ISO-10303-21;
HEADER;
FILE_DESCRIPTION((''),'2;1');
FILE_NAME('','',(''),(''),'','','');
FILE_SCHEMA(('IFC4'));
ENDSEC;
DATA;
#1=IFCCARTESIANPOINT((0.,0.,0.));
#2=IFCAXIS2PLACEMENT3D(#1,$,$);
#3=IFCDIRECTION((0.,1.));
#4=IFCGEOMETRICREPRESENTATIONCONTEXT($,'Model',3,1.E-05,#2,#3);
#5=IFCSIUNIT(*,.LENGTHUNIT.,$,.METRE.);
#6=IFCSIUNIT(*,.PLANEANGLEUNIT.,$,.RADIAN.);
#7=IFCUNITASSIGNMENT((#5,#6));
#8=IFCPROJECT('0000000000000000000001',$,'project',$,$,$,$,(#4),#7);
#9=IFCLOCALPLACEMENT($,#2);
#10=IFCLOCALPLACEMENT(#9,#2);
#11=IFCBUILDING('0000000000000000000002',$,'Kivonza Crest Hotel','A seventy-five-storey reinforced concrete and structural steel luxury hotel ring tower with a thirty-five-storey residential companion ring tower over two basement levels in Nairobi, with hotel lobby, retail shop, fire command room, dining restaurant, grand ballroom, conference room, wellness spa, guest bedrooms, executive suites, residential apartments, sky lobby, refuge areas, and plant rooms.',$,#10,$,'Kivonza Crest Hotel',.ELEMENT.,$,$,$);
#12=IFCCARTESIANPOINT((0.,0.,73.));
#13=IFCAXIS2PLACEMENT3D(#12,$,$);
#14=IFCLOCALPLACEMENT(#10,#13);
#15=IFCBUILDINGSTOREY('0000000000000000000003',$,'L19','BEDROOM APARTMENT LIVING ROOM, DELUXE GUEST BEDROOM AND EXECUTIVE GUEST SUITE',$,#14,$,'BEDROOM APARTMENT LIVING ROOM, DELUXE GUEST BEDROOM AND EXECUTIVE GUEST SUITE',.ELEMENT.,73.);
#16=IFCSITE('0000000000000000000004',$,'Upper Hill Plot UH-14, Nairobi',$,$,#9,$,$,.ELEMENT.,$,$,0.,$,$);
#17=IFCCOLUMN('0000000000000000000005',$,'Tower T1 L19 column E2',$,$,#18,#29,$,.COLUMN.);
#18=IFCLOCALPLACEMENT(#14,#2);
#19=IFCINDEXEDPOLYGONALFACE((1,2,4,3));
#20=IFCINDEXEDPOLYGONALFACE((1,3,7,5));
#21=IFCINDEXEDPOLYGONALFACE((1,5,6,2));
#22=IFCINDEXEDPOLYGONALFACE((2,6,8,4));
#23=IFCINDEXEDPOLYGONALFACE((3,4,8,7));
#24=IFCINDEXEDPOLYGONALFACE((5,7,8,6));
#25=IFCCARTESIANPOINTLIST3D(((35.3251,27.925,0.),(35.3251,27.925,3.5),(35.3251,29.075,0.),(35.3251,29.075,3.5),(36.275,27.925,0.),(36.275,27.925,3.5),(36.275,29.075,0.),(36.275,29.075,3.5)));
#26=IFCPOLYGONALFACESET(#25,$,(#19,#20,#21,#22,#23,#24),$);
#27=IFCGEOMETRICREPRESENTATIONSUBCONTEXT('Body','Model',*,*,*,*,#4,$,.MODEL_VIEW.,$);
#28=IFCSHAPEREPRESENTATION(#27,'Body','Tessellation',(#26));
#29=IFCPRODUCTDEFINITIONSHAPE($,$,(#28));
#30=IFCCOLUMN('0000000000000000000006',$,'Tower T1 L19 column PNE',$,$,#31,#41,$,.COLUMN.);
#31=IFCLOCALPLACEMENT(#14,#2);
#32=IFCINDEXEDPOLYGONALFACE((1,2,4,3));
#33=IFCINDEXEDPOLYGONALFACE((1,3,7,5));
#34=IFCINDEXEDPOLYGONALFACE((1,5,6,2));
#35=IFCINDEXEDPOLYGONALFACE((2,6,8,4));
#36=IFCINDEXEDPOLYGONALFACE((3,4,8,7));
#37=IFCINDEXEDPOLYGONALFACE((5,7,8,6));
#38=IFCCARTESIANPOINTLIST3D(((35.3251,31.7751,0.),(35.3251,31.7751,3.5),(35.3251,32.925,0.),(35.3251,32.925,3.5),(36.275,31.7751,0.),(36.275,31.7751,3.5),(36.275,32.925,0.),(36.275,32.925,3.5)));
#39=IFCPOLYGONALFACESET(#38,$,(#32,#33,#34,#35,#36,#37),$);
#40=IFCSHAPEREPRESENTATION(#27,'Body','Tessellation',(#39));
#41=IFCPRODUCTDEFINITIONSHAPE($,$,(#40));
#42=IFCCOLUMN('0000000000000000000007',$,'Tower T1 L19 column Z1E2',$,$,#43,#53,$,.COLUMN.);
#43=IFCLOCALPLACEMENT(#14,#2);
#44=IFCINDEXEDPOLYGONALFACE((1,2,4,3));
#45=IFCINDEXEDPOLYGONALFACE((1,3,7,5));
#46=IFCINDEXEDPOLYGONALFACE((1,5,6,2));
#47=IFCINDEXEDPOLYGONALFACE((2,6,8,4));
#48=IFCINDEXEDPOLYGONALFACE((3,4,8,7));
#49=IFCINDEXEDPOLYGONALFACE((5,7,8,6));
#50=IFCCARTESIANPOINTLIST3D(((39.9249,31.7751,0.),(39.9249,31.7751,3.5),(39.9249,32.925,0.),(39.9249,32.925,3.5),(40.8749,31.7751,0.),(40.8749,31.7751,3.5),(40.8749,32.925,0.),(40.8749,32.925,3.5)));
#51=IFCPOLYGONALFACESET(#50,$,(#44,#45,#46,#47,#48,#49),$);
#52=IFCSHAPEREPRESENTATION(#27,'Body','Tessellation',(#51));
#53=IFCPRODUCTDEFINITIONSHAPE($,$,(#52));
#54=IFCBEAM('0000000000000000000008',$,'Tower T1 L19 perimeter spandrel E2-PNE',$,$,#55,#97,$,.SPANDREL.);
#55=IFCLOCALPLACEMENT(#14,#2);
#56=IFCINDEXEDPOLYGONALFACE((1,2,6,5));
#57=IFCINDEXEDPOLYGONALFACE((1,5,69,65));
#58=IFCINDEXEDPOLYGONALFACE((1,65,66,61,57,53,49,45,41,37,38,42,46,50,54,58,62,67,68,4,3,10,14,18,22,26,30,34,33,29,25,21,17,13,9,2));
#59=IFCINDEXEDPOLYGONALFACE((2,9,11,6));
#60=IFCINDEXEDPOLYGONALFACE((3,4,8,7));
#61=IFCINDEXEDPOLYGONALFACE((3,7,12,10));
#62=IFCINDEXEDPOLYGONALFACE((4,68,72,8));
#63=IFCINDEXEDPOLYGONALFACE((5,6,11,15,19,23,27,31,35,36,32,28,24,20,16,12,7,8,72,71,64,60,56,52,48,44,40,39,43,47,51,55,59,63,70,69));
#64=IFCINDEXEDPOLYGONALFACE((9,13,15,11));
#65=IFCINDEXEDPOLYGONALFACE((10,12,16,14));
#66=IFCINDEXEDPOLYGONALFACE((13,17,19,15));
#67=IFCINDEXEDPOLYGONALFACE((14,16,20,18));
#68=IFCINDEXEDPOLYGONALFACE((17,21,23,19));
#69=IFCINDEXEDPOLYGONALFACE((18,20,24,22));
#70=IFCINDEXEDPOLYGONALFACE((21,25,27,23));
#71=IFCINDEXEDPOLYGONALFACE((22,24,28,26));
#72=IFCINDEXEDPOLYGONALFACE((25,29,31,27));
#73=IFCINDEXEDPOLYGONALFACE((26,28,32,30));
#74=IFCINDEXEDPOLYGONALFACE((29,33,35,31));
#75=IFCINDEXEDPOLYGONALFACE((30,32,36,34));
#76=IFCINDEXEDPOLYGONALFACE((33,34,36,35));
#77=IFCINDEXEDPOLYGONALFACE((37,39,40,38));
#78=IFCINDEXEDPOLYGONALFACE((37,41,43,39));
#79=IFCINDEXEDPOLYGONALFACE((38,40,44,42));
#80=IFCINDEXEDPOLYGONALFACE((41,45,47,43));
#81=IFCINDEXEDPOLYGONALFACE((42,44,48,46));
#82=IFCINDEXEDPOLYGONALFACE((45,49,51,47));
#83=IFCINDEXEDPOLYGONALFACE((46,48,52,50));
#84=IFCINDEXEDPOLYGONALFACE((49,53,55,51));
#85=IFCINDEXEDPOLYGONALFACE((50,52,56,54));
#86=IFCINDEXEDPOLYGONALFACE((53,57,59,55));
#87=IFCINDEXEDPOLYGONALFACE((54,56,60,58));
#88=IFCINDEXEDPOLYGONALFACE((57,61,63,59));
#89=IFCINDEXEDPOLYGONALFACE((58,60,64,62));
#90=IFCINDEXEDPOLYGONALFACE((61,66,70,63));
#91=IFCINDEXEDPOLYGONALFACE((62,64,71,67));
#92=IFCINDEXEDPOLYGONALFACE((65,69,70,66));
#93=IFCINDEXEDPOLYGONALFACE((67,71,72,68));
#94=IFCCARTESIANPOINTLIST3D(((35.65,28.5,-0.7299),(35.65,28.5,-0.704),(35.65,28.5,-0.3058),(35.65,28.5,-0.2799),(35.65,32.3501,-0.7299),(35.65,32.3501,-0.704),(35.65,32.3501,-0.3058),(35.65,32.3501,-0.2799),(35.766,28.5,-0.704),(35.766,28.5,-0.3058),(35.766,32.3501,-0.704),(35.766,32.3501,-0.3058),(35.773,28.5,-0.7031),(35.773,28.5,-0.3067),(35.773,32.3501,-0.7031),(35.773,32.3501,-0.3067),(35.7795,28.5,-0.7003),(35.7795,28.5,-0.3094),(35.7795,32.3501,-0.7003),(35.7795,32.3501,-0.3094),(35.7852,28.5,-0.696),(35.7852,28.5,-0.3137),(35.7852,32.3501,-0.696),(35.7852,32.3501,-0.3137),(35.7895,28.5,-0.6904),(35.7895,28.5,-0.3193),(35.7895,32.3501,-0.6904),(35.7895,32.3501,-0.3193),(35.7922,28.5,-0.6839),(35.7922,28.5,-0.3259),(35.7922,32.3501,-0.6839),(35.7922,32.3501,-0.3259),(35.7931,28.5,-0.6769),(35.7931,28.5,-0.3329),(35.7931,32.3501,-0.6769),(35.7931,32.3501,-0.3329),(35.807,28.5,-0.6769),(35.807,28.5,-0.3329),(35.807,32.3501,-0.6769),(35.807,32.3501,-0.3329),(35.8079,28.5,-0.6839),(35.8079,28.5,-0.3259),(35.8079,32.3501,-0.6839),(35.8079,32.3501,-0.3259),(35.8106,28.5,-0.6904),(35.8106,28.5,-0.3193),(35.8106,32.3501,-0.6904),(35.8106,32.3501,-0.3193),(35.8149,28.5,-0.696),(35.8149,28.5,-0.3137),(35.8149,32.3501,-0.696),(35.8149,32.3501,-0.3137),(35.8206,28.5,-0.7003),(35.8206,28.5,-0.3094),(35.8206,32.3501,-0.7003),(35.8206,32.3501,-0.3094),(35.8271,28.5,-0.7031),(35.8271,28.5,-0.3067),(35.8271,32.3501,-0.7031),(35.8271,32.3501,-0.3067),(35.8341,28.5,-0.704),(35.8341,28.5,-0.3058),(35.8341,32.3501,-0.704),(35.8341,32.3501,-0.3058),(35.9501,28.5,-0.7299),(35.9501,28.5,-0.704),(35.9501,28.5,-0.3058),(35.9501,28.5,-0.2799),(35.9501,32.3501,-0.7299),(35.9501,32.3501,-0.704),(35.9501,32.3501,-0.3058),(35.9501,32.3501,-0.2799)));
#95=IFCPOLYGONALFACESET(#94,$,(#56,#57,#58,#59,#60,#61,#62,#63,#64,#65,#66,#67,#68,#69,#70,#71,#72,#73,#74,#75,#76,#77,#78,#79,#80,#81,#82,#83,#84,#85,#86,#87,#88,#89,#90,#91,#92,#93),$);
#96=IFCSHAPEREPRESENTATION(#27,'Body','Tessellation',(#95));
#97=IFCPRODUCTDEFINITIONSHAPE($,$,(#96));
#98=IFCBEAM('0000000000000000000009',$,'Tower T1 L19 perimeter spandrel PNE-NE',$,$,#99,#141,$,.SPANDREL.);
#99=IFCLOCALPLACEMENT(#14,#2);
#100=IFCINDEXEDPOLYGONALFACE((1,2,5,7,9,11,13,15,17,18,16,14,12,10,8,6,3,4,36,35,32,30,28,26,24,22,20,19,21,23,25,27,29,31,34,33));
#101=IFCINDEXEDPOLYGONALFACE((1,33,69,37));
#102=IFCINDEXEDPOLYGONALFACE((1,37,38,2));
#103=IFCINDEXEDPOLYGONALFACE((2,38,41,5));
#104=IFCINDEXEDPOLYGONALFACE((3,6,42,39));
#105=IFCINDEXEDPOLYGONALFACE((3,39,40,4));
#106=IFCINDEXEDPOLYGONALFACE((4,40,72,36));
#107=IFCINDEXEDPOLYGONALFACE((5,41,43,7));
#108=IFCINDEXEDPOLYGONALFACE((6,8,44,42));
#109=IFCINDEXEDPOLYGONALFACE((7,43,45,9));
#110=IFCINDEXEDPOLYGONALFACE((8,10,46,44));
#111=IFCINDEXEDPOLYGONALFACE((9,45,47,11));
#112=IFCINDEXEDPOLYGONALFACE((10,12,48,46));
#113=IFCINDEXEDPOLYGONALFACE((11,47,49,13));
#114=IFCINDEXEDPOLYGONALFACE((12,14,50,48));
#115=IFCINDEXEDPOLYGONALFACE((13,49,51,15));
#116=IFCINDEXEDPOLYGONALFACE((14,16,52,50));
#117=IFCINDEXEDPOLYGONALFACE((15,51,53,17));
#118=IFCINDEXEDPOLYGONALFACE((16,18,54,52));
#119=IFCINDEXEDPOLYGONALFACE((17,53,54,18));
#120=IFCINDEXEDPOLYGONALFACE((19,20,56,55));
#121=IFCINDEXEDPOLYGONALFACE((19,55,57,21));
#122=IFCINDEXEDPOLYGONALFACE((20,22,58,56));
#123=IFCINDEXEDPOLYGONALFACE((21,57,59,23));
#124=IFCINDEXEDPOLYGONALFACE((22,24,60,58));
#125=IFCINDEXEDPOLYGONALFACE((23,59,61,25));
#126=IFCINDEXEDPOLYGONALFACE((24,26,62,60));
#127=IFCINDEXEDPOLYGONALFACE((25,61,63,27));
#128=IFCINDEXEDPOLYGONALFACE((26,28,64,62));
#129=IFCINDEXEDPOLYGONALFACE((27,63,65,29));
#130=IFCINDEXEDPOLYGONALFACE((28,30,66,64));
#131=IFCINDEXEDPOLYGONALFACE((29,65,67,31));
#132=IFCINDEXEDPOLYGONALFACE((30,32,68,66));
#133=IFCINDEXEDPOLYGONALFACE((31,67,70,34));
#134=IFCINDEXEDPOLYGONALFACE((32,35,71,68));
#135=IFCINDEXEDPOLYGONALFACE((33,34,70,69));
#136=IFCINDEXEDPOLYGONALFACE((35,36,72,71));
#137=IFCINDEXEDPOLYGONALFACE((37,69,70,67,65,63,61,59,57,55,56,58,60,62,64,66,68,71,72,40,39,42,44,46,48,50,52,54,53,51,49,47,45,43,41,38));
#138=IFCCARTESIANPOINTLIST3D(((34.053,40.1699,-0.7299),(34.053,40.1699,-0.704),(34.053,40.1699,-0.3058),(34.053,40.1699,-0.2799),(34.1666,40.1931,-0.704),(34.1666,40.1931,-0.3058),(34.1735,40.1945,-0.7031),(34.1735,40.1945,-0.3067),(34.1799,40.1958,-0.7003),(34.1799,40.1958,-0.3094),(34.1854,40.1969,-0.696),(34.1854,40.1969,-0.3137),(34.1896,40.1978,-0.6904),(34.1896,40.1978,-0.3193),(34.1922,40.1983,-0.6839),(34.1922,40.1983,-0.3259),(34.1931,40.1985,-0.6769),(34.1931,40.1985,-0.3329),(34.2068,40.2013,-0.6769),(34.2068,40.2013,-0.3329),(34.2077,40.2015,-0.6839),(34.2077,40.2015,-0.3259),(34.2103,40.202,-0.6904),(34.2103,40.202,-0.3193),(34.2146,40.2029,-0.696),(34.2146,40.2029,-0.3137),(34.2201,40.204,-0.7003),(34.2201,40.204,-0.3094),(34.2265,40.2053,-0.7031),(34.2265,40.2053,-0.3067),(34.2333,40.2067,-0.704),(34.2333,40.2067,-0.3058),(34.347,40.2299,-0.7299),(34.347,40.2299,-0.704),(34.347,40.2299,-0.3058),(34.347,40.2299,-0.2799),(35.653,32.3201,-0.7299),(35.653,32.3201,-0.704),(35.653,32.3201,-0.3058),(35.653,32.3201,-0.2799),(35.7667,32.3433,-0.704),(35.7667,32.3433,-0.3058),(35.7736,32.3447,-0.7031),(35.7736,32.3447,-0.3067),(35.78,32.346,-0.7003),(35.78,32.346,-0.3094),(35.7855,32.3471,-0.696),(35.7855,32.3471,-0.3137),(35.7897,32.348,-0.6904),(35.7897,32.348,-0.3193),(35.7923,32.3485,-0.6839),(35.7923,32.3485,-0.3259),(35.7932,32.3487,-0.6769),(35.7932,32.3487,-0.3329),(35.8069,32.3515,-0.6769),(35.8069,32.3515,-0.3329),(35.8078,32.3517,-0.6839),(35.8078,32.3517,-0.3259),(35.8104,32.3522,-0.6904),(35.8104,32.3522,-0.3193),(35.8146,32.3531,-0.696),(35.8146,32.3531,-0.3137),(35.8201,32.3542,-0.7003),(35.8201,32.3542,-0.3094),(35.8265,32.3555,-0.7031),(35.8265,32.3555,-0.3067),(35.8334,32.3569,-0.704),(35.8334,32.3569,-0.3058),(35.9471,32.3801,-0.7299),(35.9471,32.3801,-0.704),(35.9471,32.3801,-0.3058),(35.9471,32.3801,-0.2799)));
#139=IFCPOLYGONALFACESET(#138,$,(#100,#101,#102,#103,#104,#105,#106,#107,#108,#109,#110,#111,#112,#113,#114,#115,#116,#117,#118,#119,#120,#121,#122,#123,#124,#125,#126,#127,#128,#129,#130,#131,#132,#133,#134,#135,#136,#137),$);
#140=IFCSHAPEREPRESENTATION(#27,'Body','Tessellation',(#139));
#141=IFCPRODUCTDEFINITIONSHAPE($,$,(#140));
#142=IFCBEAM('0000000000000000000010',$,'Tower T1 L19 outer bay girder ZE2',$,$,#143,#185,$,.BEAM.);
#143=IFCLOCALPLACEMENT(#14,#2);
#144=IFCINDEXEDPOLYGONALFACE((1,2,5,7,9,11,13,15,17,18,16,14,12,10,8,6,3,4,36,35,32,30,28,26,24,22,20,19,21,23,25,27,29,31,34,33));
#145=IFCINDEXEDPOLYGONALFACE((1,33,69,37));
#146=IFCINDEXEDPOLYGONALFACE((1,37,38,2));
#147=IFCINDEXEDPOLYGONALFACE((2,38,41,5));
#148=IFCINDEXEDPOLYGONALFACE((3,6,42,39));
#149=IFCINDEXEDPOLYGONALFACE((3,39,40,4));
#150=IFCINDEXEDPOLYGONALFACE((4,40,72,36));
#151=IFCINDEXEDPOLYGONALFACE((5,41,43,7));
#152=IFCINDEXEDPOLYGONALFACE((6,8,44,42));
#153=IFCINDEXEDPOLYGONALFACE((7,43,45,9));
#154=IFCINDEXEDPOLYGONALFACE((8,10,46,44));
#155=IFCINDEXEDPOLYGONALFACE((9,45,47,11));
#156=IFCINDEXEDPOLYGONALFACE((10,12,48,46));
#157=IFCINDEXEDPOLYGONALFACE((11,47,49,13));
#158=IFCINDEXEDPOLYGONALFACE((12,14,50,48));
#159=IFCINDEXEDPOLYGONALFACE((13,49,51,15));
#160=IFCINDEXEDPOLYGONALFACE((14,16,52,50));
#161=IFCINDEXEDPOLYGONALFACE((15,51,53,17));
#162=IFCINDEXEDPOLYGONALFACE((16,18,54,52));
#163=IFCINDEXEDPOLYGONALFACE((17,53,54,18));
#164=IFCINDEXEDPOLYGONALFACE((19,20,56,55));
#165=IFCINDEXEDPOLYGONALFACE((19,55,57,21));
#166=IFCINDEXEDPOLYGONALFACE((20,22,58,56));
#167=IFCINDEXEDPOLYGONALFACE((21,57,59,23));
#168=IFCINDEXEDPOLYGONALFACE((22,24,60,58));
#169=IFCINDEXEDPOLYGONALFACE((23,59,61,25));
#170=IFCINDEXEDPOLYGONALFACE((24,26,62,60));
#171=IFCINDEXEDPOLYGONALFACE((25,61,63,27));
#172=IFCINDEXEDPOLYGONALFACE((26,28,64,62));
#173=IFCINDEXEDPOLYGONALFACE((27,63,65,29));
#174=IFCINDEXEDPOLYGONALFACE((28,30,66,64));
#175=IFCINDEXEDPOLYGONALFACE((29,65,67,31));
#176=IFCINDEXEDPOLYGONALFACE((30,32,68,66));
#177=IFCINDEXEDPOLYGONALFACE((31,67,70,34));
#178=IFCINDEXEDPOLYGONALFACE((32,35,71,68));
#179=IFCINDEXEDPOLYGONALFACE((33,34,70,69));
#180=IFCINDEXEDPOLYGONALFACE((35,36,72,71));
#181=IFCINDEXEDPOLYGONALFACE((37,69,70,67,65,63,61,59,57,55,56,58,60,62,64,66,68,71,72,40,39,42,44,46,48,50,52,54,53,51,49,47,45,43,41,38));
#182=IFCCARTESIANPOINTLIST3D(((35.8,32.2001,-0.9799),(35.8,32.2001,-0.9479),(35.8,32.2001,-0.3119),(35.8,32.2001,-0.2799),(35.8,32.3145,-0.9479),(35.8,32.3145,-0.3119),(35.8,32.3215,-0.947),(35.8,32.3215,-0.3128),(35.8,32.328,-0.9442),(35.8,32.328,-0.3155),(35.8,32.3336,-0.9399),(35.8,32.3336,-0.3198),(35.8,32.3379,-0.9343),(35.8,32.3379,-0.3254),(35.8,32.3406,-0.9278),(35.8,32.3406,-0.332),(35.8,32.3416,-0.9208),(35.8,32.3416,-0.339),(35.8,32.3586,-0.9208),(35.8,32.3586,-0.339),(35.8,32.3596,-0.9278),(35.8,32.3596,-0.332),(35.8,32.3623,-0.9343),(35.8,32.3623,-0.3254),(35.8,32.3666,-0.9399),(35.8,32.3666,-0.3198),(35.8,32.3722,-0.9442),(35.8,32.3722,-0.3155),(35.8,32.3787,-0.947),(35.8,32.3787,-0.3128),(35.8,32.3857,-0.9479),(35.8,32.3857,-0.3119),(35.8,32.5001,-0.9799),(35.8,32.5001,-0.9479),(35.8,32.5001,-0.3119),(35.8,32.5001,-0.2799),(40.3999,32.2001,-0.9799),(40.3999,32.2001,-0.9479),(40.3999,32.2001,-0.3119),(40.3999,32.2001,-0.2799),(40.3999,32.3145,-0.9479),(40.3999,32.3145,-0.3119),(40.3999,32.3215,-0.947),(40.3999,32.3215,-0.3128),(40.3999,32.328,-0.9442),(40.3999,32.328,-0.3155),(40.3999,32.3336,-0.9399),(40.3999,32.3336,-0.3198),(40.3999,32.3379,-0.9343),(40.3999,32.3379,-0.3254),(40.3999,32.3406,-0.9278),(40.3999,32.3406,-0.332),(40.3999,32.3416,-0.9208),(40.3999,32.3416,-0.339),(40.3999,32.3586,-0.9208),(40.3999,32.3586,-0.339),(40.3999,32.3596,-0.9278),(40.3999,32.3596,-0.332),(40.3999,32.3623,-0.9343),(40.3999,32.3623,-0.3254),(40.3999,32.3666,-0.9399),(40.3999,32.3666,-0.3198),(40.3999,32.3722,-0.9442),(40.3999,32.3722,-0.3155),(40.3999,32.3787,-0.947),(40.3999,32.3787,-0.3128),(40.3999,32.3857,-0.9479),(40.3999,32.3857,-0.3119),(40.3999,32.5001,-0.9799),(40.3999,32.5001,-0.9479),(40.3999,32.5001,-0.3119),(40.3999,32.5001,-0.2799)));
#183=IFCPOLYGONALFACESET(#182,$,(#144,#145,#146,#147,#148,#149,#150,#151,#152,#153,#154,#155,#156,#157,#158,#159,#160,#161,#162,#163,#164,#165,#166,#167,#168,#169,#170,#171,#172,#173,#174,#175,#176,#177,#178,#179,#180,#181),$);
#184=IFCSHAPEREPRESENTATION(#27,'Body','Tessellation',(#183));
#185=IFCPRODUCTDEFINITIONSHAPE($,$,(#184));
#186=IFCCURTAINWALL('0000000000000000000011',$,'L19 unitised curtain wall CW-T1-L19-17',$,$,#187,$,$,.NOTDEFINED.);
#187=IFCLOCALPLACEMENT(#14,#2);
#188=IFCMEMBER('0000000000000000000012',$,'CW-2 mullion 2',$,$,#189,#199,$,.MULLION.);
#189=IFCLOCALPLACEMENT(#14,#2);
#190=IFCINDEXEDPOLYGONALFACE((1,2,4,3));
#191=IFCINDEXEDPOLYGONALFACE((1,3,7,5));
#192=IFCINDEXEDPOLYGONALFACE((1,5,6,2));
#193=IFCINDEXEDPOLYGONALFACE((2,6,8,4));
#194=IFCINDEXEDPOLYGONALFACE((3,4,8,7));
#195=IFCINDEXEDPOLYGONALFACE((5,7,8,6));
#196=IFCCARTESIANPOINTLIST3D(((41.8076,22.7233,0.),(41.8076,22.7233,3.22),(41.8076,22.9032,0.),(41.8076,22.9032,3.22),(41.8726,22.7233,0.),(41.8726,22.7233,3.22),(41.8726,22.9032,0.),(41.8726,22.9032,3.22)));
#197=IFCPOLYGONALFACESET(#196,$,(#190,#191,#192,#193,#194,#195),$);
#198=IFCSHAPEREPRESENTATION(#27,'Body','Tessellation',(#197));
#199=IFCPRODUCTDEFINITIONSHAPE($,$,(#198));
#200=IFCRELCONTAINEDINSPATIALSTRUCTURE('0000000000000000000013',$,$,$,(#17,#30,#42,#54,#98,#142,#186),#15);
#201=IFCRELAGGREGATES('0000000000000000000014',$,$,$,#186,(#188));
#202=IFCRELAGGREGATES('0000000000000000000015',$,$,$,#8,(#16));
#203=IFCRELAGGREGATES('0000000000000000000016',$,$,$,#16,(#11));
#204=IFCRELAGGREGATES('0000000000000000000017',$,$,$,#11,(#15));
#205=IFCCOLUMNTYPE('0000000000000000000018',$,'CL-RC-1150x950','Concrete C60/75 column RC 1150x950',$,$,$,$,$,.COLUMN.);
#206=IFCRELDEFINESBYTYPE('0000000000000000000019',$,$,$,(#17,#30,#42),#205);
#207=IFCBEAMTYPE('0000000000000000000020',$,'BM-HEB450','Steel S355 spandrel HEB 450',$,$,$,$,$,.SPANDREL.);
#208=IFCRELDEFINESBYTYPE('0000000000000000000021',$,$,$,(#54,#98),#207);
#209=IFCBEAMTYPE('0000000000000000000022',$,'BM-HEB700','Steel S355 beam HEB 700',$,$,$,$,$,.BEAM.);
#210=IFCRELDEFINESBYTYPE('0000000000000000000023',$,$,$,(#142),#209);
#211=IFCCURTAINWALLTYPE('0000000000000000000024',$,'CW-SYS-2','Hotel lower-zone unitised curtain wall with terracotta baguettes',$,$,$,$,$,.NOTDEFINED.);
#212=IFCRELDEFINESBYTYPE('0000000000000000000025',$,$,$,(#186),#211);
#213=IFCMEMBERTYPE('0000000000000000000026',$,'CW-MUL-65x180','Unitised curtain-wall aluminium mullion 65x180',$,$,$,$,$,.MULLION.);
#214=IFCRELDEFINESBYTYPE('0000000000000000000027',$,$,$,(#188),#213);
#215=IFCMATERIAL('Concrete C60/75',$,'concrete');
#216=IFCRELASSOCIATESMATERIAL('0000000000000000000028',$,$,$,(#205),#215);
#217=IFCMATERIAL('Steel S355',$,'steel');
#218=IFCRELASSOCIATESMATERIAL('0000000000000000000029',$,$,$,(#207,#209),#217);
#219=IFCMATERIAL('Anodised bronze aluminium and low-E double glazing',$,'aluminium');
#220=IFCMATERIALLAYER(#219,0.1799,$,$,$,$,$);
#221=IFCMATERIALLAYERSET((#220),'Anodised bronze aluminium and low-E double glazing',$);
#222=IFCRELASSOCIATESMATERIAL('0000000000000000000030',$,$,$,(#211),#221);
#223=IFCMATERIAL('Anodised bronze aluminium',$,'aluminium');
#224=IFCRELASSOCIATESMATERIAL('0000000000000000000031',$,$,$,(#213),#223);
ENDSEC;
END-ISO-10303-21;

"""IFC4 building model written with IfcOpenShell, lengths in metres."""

from ifc_helpers import new_model, si_unit, direction, frame, origin, origin_2d, place, context, subcontext, project, spatial, rectangle, i_section, extrude, material, layer, layer_set, material_profile, profile_set, type_object, element, aggregate, save


model = new_model("IFC4")

# Units and contexts
model_context = context("Model", 3, precision=1e-05, world=origin(), true_north=direction((0.0, 1.0)))
body_context = subcontext(model_context, "Body", "Model", "MODEL_VIEW")
ifc_project = project(units=[si_unit("LENGTHUNIT", "METRE"), si_unit("PLANEANGLEUNIT", "RADIAN")], contexts=[model_context])

# Site, building, storey
site_placement = place(None, origin())
site = spatial("IfcSite", under=ifc_project, at=site_placement, Name="Upper Hill Plot UH-14, Nairobi", CompositionType="ELEMENT", RefElevation=0.0)
building_placement = place(site_placement, origin())
building = spatial("IfcBuilding", under=site, at=building_placement, Name="Kivonza Crest Hotel", Description="A seventy-five-storey reinforced concrete and structural steel luxury hotel ring tower with a thirty-five-storey residential companion ring tower over two basement levels in Nairobi, with hotel lobby, retail shop, fire command room, dining restaurant, grand ballroom, conference room, wellness spa, guest bedrooms, executive suites, residential apartments, sky lobby, refuge areas, and plant rooms.", LongName="Kivonza Crest Hotel", CompositionType="ELEMENT")
storey_placement = place(building_placement, frame((0.0, 0.0, 73.0)))
storey = spatial("IfcBuildingStorey", under=building, at=storey_placement, Name="L19", Description="BEDROOM APARTMENT LIVING ROOM, DELUXE GUEST BEDROOM AND EXECUTIVE GUEST SUITE", LongName="BEDROOM APARTMENT LIVING ROOM, DELUXE GUEST BEDROOM AND EXECUTIVE GUEST SUITE", CompositionType="ELEMENT", Elevation=73.0)

# Columns
ifc_material_1 = material(Name="Concrete C60/75", Category="concrete")
ifc_material_profile_1 = material_profile(ifc_material_1, rectangle(XDim=0.95, YDim=1.1499, at=origin_2d()), Name="RC 1150x950")
ifc_profile_set_1 = profile_set([ifc_material_profile_1], Name="Concrete C60/75")
column_type = type_object("IfcColumnType", Name="CL-RC-1150x950", Description="Concrete C60/75 column RC 1150x950", PredefinedType="COLUMN", material=ifc_profile_set_1)
for number, where, z_axis, x_axis, name in (
    (1, (35.8, 28.5, 0.0), (0.0, 0.0, 1.0), (1.0, 0.0, 0.0), "Tower T1 L19 column E2"),
    (2, (35.8, 32.3501, 0.0), (0.0, 0.0, 1.0), (1.0, 0.0, 0.0), "Tower T1 L19 column PNE"),
    (3, (40.3999, 32.3501, 0.0), (0.0, 0.0, 1.0), (1.0, 0.0, 0.0), "Tower T1 L19 column Z1E2"),
):
    element("IfcColumn", number, at=place(storey_placement, frame(where, z_axis=z_axis, x_axis=x_axis)), inside=storey, type_object=column_type, Name=name, PredefinedType="COLUMN", context=body_context, shape_type="SweptSolid", body=[
        extrude(rectangle(XDim=0.95, YDim=1.1499, at=origin_2d()), origin(), (0.0, 0.0, 1.0), 3.5),
    ])

# Beams
ifc_material_2 = material(Name="Steel S355", Category="steel")
ifc_material_profile_2 = material_profile(ifc_material_2, i_section(OverallWidth=0.3, OverallDepth=0.45, WebThickness=0.0139, FlangeThickness=0.0259, FilletRadius=0.0271, at=origin_2d()), Name="HEB 450")
ifc_profile_set_2 = profile_set([ifc_material_profile_2], Name="Steel S355")
beam_type_1 = type_object("IfcBeamType", Name="BM-HEB450", Description="Steel S355 spandrel HEB 450", PredefinedType="SPANDREL", material=ifc_profile_set_2)
beam_1_placement = place(storey_placement, frame((35.8, 28.5, -0.5049), z_axis=(0.0, 1.0, 0.0), x_axis=(-1.0, 0.0, 0.0)))
element("IfcBeam", 4, at=beam_1_placement, inside=storey, type_object=beam_type_1, Name="Tower T1 L19 perimeter spandrel E2-PNE", PredefinedType="SPANDREL", context=body_context, shape_type="SweptSolid", body=[
    extrude(i_section(OverallWidth=0.3, OverallDepth=0.45, WebThickness=0.0139, FlangeThickness=0.0259, FilletRadius=0.0271, at=origin_2d()), origin(), (0.0, 0.0, 1.0), 3.8501),
])
beam_2_placement = place(storey_placement, frame((35.8, 32.3501, -0.5049), z_axis=(-0.199731, 0.979851, 0.0), x_axis=(-0.979851, -0.199731, 0.0)))
element("IfcBeam", 5, at=beam_2_placement, inside=storey, type_object=beam_type_1, Name="Tower T1 L19 perimeter spandrel PNE-NE", PredefinedType="SPANDREL", context=body_context, shape_type="SweptSolid", body=[
    extrude(i_section(OverallWidth=0.3, OverallDepth=0.45, WebThickness=0.0139, FlangeThickness=0.0259, FilletRadius=0.0271, at=origin_2d()), origin(), (0.0, 0.0, 1.0), 8.0112),
])
ifc_material_profile_3 = material_profile(ifc_material_2, i_section(OverallWidth=0.3, OverallDepth=0.7, WebThickness=0.0171, FlangeThickness=0.032, FilletRadius=0.0271, at=origin_2d()), Name="HEB 700")
ifc_profile_set_3 = profile_set([ifc_material_profile_3], Name="Steel S355")
beam_type_2 = type_object("IfcBeamType", Name="BM-HEB700", Description="Steel S355 beam HEB 700", PredefinedType="BEAM", material=ifc_profile_set_3)
beam_3_placement = place(storey_placement, frame((40.3999, 32.3501, -0.6299), z_axis=(-1.0, 0.0, 0.0), x_axis=(0.0, -1.0, 0.0)))
element("IfcBeam", 6, at=beam_3_placement, inside=storey, type_object=beam_type_2, Name="Tower T1 L19 outer bay girder ZE2", PredefinedType="BEAM", context=body_context, shape_type="SweptSolid", body=[
    extrude(i_section(OverallWidth=0.3, OverallDepth=0.7, WebThickness=0.0171, FlangeThickness=0.032, FilletRadius=0.0271, at=origin_2d()), origin(), (0.0, 0.0, 1.0), 4.5999),
])

# Curtain wall, member
ifc_material_3 = material(Name="Anodised bronze aluminium and low-E double glazing", Category="aluminium")
ifc_layer_1 = layer(ifc_material_3, 0.1799)
ifc_layer_set_1 = layer_set([ifc_layer_1], Name="Anodised bronze aluminium and low-E double glazing")
curtain_wall_type = type_object("IfcCurtainWallType", Name="CW-SYS-2", Description="Hotel lower-zone unitised curtain wall with terracotta baguettes", PredefinedType="NOTDEFINED", material=ifc_layer_set_1)
curtain_wall_placement = place(storey_placement, origin())
curtain_wall = element("IfcCurtainWall", 7, at=curtain_wall_placement, inside=storey, type_object=curtain_wall_type, Name="L19 unitised curtain wall CW-T1-L19-17", PredefinedType="NOTDEFINED")
ifc_material_4 = material(Name="Anodised bronze aluminium", Category="aluminium")
ifc_material_profile_4 = material_profile(ifc_material_4, rectangle(XDim=0.0649, YDim=0.1799, at=origin_2d()), Name="CW-M 65x180")
ifc_profile_set_4 = profile_set([ifc_material_profile_4], Name="Anodised bronze aluminium")
member_type = type_object("IfcMemberType", Name="CW-MUL-65x180", Description="Unitised curtain-wall aluminium mullion 65x180", PredefinedType="MULLION", material=ifc_profile_set_4)
member_1_placement = place(storey_placement, frame((41.8401, 22.8132, 0.0), z_axis=(0.0, 0.0, 1.0), x_axis=(-1.0, 0.0, 0.0)))
member_1 = element("IfcMember", 8, at=member_1_placement, type_object=member_type, Name="CW-2 mullion 2", PredefinedType="MULLION", context=body_context, shape_type="SweptSolid", body=[
    extrude(rectangle(XDim=0.0649, YDim=0.1799, at=origin_2d()), origin(), (0.0, 0.0, 1.0), 3.22),
])
aggregate(curtain_wall, [member_1])

save(model, "model.ifc")
